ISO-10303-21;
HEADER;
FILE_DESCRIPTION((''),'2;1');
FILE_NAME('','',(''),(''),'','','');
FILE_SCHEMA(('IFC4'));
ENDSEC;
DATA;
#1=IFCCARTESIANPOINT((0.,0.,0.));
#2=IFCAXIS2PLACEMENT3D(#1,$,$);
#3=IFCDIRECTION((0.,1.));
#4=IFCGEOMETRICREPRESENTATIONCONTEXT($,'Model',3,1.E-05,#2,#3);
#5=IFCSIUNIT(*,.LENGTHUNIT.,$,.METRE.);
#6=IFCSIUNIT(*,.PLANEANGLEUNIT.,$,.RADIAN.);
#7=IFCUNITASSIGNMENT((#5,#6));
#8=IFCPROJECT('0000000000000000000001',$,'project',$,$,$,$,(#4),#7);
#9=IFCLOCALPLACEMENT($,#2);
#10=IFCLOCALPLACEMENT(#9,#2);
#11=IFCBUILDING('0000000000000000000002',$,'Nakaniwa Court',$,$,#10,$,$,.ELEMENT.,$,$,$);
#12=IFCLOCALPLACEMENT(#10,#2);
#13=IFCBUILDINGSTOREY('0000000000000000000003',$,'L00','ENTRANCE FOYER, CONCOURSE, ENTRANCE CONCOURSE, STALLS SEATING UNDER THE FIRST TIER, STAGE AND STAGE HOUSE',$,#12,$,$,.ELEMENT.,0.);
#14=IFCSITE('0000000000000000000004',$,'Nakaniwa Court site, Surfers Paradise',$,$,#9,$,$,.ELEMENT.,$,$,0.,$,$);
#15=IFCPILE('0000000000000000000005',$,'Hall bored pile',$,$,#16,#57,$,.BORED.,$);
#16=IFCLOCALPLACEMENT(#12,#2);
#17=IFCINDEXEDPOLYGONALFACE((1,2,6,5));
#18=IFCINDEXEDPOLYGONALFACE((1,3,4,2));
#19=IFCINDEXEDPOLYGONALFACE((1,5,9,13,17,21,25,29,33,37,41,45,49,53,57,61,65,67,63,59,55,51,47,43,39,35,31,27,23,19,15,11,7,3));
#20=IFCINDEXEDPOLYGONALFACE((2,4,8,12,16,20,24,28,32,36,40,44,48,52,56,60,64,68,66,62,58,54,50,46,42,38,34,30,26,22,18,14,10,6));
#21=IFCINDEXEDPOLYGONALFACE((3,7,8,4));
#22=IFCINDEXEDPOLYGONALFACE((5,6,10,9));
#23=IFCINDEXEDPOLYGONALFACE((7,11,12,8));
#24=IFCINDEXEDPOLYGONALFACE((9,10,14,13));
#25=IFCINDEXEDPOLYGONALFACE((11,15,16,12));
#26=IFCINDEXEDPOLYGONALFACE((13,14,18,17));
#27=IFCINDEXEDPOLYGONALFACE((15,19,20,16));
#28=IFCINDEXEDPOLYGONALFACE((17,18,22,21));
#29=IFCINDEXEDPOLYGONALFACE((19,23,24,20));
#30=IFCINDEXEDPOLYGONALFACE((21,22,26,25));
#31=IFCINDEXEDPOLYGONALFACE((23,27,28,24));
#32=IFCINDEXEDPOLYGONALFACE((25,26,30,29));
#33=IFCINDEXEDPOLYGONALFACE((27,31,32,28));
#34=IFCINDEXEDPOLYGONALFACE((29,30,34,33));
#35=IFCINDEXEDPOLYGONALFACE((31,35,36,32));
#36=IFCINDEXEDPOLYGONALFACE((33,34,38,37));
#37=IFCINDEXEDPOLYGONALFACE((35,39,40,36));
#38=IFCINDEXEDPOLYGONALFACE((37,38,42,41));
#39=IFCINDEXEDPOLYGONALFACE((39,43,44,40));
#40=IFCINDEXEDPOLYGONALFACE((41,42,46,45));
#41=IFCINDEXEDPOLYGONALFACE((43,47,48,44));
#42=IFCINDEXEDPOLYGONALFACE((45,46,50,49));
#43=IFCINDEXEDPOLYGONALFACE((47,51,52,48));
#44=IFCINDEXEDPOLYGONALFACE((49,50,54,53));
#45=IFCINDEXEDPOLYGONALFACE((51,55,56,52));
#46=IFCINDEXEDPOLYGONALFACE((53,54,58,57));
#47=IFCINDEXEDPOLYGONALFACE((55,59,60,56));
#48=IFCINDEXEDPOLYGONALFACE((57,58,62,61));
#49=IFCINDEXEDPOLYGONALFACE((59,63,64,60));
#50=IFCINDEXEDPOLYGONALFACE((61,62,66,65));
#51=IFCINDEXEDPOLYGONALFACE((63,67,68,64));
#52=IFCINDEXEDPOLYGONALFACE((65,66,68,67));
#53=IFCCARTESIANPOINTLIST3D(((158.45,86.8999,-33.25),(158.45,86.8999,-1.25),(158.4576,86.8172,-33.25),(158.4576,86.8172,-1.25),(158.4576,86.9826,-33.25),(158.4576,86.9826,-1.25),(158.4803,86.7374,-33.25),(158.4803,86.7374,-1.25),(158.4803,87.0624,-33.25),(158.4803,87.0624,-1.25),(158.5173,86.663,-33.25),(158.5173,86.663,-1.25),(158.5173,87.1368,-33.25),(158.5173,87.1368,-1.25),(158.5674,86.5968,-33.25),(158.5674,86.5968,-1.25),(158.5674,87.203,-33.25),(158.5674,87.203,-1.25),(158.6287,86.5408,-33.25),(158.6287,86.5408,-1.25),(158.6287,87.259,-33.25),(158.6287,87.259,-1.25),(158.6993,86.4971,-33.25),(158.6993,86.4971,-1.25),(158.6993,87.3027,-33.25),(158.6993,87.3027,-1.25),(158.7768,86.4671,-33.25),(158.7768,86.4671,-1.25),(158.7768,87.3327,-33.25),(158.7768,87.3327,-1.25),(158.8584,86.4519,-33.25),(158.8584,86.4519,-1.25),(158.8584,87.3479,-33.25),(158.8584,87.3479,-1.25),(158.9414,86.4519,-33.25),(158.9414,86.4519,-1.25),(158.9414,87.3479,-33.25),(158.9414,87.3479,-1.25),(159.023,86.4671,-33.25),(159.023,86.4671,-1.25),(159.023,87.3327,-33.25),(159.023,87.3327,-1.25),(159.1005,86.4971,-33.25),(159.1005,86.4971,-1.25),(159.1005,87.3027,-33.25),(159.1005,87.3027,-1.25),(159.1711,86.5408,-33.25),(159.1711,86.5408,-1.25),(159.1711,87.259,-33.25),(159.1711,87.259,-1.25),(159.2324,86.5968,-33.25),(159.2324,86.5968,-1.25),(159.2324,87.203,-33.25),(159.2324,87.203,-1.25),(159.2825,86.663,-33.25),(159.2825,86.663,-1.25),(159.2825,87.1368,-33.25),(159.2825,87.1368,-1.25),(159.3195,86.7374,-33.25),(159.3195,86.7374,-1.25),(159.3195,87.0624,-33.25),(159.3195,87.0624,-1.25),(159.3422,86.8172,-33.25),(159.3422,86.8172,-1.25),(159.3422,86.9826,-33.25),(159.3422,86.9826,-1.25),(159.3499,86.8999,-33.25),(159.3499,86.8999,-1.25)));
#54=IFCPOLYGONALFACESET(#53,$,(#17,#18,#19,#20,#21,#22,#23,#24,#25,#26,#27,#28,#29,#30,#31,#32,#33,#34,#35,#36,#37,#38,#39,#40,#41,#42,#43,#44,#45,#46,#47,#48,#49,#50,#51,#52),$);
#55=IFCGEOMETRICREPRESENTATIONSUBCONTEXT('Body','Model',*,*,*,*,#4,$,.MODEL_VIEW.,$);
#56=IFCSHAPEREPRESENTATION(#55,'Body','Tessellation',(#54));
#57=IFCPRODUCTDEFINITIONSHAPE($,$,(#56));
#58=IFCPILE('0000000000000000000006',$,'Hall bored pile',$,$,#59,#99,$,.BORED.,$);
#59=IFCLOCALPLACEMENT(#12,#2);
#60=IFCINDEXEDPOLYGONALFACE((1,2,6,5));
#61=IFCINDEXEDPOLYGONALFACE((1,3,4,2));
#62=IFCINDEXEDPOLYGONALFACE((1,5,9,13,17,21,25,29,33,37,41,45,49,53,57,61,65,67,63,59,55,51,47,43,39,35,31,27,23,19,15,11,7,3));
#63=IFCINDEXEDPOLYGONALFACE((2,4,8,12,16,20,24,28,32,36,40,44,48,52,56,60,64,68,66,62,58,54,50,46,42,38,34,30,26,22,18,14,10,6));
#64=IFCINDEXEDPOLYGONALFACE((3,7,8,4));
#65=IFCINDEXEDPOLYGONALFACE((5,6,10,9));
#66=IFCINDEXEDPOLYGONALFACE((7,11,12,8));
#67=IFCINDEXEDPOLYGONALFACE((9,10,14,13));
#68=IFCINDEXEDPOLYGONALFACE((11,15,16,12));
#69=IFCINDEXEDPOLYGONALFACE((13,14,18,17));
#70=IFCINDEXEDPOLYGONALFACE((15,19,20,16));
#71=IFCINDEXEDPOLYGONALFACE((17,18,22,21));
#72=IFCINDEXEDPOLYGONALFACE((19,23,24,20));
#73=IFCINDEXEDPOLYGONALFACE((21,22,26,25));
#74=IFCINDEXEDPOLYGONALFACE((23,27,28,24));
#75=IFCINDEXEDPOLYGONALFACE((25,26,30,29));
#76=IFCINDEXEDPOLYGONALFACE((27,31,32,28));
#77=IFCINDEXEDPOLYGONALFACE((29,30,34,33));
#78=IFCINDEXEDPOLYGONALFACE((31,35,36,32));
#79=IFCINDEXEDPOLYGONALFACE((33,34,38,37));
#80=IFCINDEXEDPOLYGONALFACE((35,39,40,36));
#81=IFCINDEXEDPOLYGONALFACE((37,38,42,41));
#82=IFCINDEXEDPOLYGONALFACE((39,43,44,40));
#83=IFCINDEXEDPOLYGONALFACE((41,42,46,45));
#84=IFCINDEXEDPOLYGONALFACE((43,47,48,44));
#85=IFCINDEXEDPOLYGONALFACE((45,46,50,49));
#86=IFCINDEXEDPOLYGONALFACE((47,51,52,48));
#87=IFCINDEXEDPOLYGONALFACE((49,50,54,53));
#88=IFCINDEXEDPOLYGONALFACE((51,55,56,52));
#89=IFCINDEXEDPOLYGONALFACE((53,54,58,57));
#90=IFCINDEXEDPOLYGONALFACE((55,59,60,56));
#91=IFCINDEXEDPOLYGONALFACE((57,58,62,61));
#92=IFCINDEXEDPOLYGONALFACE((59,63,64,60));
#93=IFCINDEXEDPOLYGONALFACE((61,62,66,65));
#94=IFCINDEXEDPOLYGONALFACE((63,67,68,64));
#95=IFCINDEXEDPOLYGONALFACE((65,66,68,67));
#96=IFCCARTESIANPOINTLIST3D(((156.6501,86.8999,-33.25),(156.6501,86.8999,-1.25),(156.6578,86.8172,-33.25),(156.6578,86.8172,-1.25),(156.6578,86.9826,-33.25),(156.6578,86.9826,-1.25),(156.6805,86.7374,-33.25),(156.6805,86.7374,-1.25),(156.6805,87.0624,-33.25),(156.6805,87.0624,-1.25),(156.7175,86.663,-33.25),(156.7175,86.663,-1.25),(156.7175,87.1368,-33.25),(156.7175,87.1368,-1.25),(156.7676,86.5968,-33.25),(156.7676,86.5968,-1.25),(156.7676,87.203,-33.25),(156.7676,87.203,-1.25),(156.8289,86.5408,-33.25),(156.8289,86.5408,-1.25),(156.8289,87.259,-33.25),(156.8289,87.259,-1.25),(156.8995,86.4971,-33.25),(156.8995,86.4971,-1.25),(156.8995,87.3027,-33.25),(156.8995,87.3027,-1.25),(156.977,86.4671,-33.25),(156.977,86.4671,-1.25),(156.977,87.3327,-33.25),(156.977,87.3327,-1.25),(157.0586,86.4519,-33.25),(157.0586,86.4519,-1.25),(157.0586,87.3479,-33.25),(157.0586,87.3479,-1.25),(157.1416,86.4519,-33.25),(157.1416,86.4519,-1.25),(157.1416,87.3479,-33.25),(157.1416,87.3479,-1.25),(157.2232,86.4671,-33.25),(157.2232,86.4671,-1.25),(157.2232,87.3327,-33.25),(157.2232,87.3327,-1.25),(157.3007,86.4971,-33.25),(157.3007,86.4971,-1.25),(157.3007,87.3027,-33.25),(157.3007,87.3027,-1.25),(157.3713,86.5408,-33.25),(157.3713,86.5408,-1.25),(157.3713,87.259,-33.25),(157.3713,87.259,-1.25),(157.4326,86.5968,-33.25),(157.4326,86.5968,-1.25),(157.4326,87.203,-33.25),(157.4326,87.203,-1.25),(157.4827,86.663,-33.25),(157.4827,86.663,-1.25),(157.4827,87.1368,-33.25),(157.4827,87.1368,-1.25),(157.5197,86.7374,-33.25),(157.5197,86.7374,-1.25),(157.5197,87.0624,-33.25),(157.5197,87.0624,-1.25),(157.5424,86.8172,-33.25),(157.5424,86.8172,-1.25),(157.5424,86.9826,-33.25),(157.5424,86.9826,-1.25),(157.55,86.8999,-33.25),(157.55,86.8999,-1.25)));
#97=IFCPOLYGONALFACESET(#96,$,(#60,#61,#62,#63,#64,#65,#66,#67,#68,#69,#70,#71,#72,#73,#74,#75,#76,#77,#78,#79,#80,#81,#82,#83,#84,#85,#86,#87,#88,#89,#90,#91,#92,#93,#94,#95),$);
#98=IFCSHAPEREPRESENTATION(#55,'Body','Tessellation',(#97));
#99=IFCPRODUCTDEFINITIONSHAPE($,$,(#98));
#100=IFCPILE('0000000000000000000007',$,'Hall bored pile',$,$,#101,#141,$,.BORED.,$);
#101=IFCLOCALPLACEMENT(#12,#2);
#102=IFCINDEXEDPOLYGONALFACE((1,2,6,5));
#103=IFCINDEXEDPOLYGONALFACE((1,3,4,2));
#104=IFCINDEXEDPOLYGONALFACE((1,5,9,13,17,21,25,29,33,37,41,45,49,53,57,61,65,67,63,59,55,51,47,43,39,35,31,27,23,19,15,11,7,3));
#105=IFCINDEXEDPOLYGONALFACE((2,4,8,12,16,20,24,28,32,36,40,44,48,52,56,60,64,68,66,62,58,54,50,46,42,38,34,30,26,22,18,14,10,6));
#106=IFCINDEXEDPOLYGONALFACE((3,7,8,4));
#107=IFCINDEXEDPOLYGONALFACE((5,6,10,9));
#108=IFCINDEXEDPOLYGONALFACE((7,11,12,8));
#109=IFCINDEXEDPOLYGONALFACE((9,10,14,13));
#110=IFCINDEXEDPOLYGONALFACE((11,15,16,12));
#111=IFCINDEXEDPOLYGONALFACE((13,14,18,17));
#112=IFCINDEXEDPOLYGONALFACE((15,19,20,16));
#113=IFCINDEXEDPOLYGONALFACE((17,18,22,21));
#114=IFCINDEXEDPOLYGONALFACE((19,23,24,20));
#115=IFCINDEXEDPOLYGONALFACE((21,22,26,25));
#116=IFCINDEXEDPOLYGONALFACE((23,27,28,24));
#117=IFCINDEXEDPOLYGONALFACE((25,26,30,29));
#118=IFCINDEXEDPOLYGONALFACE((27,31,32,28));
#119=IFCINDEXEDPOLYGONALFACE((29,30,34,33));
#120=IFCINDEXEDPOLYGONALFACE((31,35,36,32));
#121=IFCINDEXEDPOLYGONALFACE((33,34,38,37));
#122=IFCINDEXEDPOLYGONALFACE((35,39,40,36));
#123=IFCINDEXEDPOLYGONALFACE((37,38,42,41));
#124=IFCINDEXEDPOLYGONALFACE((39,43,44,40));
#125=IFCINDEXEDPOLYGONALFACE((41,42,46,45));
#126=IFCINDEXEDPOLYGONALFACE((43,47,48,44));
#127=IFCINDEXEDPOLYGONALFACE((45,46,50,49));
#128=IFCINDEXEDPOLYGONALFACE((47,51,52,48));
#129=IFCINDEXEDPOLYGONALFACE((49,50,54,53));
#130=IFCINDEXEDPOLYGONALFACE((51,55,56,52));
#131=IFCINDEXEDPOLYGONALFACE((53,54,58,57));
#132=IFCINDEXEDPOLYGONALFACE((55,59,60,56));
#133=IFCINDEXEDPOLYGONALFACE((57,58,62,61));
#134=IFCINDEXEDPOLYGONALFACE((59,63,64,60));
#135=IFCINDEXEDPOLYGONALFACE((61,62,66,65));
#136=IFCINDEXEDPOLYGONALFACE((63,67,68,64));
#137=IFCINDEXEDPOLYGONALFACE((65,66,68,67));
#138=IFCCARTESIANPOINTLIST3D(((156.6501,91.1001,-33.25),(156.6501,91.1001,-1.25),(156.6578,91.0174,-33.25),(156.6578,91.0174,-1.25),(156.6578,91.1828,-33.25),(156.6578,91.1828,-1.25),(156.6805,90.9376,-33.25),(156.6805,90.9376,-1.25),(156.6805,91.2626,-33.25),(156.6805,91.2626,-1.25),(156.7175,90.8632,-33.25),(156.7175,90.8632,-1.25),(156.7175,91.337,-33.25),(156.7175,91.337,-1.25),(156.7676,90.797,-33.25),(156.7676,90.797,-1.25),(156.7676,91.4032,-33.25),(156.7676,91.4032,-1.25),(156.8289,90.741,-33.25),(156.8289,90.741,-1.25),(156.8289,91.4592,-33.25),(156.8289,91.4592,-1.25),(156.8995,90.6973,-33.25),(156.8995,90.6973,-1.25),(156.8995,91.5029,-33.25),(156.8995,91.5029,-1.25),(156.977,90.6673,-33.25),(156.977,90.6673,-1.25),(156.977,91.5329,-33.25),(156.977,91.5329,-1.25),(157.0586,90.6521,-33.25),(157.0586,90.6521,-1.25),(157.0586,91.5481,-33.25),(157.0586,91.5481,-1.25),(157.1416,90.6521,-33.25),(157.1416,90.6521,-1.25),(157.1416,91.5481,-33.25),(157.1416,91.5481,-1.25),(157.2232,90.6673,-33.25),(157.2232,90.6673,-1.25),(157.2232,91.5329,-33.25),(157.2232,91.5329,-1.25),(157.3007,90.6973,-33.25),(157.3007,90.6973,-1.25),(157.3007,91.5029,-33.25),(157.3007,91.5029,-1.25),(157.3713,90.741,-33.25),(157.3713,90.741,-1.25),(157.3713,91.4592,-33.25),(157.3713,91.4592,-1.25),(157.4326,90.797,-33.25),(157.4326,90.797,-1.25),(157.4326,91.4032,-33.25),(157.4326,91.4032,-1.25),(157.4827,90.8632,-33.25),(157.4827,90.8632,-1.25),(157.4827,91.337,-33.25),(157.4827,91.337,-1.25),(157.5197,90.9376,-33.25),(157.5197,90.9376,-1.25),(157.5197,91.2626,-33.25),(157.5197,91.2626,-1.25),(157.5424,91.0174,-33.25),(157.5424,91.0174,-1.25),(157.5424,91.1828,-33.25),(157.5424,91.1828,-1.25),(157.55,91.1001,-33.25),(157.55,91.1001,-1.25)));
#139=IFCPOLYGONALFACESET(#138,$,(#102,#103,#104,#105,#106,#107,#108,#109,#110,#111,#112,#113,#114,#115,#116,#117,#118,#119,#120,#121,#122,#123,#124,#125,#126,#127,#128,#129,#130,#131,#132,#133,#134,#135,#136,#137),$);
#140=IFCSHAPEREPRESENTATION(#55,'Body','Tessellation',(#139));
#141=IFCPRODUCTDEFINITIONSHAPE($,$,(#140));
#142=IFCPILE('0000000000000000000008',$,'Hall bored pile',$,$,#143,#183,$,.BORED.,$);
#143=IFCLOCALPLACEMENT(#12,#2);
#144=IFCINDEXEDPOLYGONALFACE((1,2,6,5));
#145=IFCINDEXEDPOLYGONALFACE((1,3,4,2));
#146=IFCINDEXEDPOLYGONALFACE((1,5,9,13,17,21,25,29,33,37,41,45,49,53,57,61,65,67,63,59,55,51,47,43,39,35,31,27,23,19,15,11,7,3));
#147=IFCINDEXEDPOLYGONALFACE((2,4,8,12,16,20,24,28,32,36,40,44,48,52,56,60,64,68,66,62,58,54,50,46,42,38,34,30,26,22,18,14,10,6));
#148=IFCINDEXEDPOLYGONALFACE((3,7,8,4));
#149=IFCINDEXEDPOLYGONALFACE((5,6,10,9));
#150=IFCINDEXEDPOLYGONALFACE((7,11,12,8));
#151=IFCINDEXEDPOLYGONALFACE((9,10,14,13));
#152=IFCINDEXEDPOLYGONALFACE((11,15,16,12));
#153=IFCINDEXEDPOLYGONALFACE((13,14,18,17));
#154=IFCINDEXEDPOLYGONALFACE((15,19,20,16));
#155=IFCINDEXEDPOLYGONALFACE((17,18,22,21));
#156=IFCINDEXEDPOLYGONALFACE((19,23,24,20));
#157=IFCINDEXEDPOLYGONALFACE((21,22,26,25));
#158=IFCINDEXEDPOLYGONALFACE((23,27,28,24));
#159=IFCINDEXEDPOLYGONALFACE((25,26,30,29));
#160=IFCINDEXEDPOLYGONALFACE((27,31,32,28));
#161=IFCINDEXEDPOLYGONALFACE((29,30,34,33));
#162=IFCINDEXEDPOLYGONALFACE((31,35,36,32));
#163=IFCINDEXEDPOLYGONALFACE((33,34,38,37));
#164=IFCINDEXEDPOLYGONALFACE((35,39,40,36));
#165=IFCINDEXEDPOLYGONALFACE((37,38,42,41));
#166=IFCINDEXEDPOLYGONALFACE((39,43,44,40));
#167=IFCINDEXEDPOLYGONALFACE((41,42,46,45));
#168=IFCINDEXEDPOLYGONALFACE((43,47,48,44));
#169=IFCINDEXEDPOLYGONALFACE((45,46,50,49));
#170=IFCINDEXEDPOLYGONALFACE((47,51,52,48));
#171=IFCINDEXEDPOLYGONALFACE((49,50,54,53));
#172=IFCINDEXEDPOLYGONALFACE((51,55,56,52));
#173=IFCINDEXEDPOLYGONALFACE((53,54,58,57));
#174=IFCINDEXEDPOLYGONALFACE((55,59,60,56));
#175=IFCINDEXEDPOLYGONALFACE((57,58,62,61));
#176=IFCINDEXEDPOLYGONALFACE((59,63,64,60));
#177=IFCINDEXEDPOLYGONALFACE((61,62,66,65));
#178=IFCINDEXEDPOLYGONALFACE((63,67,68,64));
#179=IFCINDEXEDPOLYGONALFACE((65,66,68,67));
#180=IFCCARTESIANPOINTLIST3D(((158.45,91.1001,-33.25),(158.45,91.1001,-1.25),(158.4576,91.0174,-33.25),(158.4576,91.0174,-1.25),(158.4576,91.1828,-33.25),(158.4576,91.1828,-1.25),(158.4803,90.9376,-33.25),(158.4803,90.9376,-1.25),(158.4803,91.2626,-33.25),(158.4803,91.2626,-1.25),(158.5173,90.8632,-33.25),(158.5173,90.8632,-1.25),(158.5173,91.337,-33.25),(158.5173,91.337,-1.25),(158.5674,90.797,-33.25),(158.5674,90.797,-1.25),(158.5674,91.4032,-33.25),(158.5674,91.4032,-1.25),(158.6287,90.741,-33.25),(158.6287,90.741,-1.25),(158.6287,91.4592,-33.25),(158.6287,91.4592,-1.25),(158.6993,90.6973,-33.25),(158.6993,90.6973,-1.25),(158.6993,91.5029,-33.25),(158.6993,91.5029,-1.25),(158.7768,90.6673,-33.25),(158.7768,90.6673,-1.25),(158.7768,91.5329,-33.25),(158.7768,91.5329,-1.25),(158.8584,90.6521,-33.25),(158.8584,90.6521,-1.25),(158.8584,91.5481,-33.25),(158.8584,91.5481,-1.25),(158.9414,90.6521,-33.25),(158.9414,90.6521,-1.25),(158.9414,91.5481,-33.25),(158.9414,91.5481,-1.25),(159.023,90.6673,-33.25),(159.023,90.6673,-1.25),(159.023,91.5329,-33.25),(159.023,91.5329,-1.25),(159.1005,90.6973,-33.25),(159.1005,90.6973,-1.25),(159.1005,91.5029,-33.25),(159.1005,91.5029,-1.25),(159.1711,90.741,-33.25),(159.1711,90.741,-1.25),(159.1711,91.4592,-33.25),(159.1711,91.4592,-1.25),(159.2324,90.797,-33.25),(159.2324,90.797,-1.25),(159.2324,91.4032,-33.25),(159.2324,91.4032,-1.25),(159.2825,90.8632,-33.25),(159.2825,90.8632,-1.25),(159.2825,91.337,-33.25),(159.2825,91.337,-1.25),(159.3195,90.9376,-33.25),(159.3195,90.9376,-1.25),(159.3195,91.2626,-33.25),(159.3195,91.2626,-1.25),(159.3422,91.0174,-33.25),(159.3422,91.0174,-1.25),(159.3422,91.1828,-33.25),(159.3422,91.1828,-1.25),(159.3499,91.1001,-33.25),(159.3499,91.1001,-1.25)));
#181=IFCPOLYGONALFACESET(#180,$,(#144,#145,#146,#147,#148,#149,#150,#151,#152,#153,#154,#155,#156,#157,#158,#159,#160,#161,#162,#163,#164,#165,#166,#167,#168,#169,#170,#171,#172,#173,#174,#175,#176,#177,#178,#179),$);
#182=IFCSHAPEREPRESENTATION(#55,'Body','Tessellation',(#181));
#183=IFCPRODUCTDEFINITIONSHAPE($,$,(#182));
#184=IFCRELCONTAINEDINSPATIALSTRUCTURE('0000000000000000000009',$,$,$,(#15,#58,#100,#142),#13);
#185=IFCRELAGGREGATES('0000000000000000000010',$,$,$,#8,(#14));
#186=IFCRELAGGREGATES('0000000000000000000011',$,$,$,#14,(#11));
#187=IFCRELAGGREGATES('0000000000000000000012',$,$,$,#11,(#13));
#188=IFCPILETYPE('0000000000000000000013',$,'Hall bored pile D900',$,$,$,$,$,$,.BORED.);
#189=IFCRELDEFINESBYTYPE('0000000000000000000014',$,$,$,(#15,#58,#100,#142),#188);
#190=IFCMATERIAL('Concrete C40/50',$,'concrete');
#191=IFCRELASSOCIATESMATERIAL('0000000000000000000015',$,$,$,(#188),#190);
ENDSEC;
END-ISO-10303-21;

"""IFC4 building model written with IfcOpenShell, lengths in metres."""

from ifc_helpers import new_model, si_unit, direction, frame, origin, origin_2d, place, context, subcontext, project, spatial, circle, extrude, material, material_profile, profile_set, type_object, element, save


model = new_model("IFC4")

# Units and contexts
model_context = context("Model", 3, precision=1e-05, world=origin(), true_north=direction((0.0, 1.0)))
body_context = subcontext(model_context, "Body", "Model", "MODEL_VIEW")
ifc_project = project(units=[si_unit("LENGTHUNIT", "METRE"), si_unit("PLANEANGLEUNIT", "RADIAN")], contexts=[model_context])

# Site, building, storey
site_placement = place(None, origin())
site = spatial("IfcSite", under=ifc_project, at=site_placement, Name="Nakaniwa Court site, Surfers Paradise", CompositionType="ELEMENT", RefElevation=0.0)
building_placement = place(site_placement, origin())
building = spatial("IfcBuilding", under=site, at=building_placement, Name="Nakaniwa Court", CompositionType="ELEMENT")
storey_placement = place(building_placement, origin())
storey = spatial("IfcBuildingStorey", under=building, at=storey_placement, Name="L00", Description="ENTRANCE FOYER, CONCOURSE, ENTRANCE CONCOURSE, STALLS SEATING UNDER THE FIRST TIER, STAGE AND STAGE HOUSE", CompositionType="ELEMENT", Elevation=0.0)

# Piles
ifc_material_1 = material(Name="Concrete C40/50", Category="concrete")
ifc_material_profile_1 = material_profile(ifc_material_1, circle(Radius=0.45, at=origin_2d()), Name="Bored pile D900")
ifc_profile_set_1 = profile_set([ifc_material_profile_1], Name="Concrete C40/50")
pile_type = type_object("IfcPileType", Name="Hall bored pile D900", PredefinedType="BORED", material=ifc_profile_set_1)
for number, where, z_axis, x_axis, name in (
    (1, (158.8999, 86.8999, -1.25), (0.0, 0.0, -1.0), (1.0, 0.0, 0.0), "Hall bored pile"),
    (2, (157.1001, 86.8999, -1.25), (0.0, 0.0, -1.0), (1.0, 0.0, 0.0), "Hall bored pile"),
    (3, (157.1001, 91.1001, -1.25), (0.0, 0.0, -1.0), (1.0, 0.0, 0.0), "Hall bored pile"),
    (4, (158.8999, 91.1001, -1.25), (0.0, 0.0, -1.0), (1.0, 0.0, 0.0), "Hall bored pile"),
):
    element("IfcPile", number, at=place(storey_placement, frame(where, z_axis=z_axis, x_axis=x_axis)), inside=storey, type_object=pile_type, Name=name, PredefinedType="BORED", context=body_context, shape_type="SweptSolid", body=[
        extrude(circle(Radius=0.45, at=origin_2d()), origin(), (0.0, 0.0, 1.0), 32.0),
    ])

save(model, "model.ifc")
